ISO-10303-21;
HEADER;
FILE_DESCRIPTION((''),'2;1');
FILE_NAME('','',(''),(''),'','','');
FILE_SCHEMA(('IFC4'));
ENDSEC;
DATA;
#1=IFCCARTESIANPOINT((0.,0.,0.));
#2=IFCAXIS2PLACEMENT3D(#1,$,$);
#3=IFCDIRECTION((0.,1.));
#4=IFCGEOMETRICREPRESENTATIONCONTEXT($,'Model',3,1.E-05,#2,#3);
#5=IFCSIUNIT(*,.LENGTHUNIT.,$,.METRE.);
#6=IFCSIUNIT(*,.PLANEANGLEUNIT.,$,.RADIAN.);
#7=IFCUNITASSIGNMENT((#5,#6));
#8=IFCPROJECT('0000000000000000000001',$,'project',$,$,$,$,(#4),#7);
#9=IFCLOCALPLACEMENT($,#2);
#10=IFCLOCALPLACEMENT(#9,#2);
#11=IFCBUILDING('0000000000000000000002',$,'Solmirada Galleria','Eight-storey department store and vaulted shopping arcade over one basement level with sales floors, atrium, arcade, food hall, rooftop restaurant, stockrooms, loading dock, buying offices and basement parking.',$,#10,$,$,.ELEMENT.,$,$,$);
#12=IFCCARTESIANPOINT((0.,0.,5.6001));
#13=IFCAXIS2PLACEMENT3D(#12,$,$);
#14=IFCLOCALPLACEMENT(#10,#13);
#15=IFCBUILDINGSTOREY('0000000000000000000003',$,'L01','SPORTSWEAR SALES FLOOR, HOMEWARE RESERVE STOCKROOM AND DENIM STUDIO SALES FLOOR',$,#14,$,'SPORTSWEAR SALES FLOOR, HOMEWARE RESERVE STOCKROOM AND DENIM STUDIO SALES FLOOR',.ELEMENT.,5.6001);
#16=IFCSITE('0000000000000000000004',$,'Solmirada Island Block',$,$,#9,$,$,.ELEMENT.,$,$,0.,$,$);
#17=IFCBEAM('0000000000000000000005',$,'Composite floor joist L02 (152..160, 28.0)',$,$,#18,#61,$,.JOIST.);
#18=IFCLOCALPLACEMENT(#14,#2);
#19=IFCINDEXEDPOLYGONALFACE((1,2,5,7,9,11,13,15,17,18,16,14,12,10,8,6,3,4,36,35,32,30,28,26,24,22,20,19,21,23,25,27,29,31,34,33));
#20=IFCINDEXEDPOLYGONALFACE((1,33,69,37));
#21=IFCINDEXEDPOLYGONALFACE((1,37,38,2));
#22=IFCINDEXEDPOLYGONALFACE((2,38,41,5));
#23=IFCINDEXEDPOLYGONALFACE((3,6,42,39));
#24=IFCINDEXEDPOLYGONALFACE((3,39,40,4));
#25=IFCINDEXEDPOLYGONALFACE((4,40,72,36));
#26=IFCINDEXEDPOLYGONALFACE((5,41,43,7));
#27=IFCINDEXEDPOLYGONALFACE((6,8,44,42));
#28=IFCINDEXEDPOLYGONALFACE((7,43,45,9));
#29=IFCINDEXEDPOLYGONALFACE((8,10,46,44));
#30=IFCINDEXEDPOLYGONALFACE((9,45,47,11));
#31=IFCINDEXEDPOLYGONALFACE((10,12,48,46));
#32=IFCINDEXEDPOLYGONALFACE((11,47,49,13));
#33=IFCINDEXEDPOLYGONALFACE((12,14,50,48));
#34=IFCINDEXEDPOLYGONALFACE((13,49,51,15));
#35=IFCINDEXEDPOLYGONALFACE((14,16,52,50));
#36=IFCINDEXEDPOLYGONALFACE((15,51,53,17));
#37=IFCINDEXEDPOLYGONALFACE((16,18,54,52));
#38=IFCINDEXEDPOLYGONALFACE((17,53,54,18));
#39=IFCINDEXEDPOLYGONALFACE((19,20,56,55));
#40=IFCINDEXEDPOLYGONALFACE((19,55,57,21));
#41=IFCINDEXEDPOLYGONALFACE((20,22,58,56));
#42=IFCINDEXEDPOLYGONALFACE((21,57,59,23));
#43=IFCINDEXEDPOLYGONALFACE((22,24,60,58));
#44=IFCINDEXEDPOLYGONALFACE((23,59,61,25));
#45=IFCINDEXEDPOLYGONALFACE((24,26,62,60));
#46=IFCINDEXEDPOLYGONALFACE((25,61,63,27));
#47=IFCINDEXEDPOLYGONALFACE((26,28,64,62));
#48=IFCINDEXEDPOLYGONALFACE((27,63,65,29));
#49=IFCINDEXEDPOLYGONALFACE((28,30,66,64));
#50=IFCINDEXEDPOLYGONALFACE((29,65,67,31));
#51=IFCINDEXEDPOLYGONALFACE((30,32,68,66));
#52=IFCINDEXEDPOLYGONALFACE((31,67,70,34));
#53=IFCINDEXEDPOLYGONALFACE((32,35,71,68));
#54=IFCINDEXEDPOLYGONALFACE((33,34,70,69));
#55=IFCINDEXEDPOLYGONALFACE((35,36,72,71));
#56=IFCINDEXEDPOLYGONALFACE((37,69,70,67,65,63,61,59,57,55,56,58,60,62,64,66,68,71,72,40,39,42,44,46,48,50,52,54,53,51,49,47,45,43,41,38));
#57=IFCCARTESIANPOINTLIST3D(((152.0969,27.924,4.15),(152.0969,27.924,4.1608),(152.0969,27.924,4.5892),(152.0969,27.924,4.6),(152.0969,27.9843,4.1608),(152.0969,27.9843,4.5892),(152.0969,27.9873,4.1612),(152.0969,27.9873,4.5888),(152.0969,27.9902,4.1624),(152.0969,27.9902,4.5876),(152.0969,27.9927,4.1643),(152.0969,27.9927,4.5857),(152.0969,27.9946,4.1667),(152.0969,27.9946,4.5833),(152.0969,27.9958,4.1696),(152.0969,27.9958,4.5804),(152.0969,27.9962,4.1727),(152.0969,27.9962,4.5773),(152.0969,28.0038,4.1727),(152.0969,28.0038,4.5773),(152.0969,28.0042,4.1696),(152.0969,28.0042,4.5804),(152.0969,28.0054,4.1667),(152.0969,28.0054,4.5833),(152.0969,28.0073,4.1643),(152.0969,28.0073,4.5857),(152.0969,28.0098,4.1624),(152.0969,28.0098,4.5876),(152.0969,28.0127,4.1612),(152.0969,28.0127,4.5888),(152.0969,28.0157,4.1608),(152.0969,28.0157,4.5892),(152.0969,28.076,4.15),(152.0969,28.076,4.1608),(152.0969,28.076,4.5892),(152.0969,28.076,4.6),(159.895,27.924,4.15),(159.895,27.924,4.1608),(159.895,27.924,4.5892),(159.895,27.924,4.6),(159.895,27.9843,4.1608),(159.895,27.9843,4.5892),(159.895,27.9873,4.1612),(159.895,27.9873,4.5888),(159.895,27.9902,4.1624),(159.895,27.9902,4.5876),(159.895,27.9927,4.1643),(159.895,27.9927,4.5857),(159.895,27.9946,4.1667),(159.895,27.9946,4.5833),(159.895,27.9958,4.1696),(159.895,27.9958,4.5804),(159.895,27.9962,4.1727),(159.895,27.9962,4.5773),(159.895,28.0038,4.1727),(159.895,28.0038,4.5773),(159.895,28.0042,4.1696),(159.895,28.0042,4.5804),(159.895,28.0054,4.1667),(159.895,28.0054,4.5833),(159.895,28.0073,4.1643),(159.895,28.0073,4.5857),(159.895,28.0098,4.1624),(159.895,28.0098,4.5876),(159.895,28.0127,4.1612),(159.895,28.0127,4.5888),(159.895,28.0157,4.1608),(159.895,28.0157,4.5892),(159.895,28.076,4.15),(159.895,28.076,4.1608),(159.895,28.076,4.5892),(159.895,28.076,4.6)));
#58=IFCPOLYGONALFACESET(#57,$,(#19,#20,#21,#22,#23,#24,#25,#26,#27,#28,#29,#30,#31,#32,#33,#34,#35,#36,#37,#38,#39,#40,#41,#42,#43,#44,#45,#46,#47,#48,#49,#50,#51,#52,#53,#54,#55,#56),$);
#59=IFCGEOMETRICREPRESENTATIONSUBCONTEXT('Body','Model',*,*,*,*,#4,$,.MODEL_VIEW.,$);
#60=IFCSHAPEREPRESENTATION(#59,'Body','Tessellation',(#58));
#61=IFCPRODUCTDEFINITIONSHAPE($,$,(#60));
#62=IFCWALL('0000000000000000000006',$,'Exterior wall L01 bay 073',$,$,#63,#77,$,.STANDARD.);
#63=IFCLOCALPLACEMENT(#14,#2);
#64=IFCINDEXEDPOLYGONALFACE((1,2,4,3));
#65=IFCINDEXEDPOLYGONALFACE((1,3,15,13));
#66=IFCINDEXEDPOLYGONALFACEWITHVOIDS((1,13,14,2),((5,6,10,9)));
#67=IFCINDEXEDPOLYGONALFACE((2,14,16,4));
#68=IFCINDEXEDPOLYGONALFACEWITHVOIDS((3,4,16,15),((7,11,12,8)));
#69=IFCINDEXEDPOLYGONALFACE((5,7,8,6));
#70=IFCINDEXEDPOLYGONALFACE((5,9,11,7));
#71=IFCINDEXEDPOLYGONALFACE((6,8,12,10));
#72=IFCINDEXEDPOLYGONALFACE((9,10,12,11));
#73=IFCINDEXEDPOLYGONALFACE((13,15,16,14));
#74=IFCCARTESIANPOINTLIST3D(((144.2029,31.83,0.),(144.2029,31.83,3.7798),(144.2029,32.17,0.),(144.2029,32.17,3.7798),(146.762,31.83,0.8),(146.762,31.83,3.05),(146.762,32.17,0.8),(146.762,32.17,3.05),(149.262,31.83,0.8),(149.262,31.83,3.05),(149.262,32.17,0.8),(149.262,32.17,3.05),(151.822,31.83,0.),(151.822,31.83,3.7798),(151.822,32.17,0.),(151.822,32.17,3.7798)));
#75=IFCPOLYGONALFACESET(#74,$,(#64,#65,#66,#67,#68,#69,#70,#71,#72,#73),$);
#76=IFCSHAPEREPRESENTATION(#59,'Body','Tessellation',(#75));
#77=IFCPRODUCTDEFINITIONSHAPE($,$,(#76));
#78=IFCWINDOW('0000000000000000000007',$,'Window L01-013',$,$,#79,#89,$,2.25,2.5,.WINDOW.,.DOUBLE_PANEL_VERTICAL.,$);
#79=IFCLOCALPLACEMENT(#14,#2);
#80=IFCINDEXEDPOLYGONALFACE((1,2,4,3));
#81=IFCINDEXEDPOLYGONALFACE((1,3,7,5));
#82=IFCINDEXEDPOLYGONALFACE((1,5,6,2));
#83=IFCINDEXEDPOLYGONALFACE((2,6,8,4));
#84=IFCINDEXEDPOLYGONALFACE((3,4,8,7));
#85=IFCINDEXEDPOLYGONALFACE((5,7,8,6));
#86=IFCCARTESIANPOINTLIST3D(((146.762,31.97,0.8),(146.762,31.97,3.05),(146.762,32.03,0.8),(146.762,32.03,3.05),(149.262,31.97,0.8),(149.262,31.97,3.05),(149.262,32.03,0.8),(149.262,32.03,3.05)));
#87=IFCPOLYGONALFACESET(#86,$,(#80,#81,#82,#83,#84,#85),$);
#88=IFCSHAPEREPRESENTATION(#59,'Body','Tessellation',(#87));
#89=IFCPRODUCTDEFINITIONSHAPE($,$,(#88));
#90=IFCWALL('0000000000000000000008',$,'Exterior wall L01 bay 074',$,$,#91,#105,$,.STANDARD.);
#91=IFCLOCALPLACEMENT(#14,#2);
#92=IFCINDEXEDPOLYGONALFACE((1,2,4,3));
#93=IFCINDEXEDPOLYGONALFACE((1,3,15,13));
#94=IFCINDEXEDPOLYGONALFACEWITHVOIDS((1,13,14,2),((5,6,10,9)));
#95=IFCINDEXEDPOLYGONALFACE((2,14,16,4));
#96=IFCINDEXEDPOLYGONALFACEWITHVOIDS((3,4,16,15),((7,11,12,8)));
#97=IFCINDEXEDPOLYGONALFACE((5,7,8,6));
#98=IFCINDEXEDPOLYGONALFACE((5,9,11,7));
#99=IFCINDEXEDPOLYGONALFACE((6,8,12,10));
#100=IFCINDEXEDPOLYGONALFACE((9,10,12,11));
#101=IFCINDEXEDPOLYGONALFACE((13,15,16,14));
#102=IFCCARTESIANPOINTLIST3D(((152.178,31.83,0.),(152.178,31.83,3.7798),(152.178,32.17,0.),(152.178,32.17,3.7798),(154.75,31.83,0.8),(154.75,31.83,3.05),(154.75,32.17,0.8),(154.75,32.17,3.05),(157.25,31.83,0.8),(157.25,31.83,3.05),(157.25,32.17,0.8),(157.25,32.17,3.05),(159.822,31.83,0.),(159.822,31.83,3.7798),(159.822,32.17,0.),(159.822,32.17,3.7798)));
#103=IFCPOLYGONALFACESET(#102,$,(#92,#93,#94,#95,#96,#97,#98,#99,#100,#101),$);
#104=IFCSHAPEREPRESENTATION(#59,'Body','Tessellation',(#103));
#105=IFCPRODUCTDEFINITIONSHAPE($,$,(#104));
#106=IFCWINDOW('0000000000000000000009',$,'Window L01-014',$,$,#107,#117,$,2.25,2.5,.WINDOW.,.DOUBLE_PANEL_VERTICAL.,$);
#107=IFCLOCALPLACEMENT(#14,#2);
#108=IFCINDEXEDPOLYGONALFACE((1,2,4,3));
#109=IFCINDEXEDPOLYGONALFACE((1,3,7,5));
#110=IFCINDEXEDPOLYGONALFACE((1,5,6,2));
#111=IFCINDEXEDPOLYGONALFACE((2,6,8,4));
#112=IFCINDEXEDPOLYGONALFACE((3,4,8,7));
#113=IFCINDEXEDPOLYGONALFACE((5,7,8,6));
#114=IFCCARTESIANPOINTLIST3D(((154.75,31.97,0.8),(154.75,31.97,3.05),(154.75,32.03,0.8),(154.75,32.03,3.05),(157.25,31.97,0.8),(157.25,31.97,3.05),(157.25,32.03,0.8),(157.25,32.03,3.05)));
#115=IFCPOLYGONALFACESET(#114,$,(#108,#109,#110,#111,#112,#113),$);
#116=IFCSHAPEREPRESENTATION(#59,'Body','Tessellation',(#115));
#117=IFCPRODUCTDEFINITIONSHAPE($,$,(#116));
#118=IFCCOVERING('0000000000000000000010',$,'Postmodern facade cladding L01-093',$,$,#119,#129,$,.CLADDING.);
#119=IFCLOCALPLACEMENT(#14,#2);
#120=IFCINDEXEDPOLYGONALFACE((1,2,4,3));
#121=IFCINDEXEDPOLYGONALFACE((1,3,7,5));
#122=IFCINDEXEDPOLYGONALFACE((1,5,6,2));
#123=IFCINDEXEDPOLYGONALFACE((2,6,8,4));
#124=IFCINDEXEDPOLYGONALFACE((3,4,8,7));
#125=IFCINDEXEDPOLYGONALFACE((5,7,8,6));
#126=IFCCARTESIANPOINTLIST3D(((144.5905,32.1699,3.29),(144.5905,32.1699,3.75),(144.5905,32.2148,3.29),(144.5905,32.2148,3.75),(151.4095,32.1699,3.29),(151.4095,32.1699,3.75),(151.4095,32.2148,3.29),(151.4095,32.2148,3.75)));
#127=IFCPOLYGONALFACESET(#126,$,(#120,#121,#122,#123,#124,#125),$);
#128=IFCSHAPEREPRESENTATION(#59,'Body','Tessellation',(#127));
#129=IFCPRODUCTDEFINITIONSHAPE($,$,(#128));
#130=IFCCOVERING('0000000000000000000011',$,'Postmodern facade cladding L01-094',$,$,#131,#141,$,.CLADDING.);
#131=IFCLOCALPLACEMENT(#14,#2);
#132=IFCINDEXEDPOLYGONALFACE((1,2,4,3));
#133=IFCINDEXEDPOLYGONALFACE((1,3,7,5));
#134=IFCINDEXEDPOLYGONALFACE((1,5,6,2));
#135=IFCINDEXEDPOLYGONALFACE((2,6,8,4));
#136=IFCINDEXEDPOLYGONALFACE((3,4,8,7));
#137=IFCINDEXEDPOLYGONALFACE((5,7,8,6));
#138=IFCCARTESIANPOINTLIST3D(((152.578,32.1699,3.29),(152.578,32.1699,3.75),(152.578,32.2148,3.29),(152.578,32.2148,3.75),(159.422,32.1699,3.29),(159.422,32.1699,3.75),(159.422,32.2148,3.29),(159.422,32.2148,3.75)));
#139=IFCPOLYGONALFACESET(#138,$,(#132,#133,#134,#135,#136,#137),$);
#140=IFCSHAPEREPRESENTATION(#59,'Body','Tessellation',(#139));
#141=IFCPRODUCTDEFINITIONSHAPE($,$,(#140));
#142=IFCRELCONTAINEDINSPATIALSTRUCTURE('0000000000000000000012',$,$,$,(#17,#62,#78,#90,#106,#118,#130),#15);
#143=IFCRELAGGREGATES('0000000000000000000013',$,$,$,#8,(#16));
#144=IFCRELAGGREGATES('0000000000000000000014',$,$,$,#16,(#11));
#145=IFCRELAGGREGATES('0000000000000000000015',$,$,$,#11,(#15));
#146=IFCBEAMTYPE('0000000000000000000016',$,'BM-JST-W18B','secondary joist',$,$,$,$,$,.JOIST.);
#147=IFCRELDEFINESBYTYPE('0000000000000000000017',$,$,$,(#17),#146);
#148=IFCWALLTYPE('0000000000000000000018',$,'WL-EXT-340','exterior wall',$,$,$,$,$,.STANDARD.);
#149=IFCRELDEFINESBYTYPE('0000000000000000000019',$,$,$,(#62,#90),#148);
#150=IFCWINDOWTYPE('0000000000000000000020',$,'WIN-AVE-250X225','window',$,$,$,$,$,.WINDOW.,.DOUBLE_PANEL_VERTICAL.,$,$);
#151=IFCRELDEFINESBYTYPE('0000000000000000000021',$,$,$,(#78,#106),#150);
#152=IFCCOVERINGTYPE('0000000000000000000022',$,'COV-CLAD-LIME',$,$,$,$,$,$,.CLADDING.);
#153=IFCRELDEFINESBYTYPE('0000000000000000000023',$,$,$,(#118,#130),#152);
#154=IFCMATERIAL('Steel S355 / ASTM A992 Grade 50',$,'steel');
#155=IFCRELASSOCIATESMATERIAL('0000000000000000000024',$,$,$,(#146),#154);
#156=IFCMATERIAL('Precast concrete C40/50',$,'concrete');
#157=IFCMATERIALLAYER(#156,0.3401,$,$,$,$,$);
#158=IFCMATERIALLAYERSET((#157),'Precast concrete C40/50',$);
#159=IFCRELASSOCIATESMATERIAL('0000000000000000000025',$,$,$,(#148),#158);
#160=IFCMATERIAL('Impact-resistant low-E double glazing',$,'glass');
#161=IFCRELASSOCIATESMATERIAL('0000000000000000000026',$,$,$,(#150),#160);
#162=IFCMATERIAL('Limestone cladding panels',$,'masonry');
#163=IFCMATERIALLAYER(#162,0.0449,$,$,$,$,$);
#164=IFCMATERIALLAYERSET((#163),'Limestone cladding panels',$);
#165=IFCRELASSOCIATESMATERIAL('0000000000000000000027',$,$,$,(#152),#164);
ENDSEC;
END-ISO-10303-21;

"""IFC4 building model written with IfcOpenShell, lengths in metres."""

from ifc_helpers import new_model, si_unit, direction, frame, frame_2d, origin, origin_2d, place, context, subcontext, project, spatial, rectangle, i_section, extrude, material, layer, layer_set, material_profile, profile_set, type_object, element, fill, save


model = new_model("IFC4")

# Units and contexts
model_context = context("Model", 3, precision=1e-05, world=origin(), true_north=direction((0.0, 1.0)))
body_context = subcontext(model_context, "Body", "Model", "MODEL_VIEW")
ifc_project = project(units=[si_unit("LENGTHUNIT", "METRE"), si_unit("PLANEANGLEUNIT", "RADIAN")], contexts=[model_context])

# Site, building, storey
site_placement = place(None, origin())
site = spatial("IfcSite", under=ifc_project, at=site_placement, Name="Solmirada Island Block", CompositionType="ELEMENT", RefElevation=0.0)
building_placement = place(site_placement, origin())
building = spatial("IfcBuilding", under=site, at=building_placement, Name="Solmirada Galleria", Description="Eight-storey department store and vaulted shopping arcade over one basement level with sales floors, atrium, arcade, food hall, rooftop restaurant, stockrooms, loading dock, buying offices and basement parking.", CompositionType="ELEMENT")
storey_placement = place(building_placement, frame((0.0, 0.0, 5.6001)))
storey = spatial("IfcBuildingStorey", under=building, at=storey_placement, Name="L01", Description="SPORTSWEAR SALES FLOOR, HOMEWARE RESERVE STOCKROOM AND DENIM STUDIO SALES FLOOR", LongName="SPORTSWEAR SALES FLOOR, HOMEWARE RESERVE STOCKROOM AND DENIM STUDIO SALES FLOOR", CompositionType="ELEMENT", Elevation=5.6001)

# Beam
ifc_material_1 = material(Name="Steel S355 / ASTM A992 Grade 50", Category="steel")
ifc_material_profile_1 = material_profile(ifc_material_1, i_section(OverallWidth=0.1521, OverallDepth=0.45, WebThickness=0.0076, FlangeThickness=0.0107, FilletRadius=0.012, at=origin_2d()), Name="W18X35")
ifc_profile_set_1 = profile_set([ifc_material_profile_1], Name="Steel S355 / ASTM A992 Grade 50")
beam_type_1 = type_object("IfcBeamType", Name="BM-JST-W18B", Description="secondary joist", PredefinedType="JOIST", material=ifc_profile_set_1)
for number, where, z_axis, x_axis, name in (
    (1, (152.0969, 28.0, 4.375), (1.0, 0.0, 0.0), (0.0, 1.0, 0.0), "Composite floor joist L02 (152..160, 28.0)"),
):
    element("IfcBeam", number, at=place(storey_placement, frame(where, z_axis=z_axis, x_axis=x_axis)), inside=storey, type_object=beam_type_1, Name=name, PredefinedType="JOIST", context=body_context, shape_type="SweptSolid", body=[
        extrude(i_section(OverallWidth=0.1521, OverallDepth=0.45, WebThickness=0.0076, FlangeThickness=0.0107, FilletRadius=0.012, at=origin_2d()), origin(), (0.0, 0.0, 1.0), 7.7981),
    ])

# Walls, openings, windows
ifc_material_2 = material(Name="Precast concrete C40/50", Category="concrete")
ifc_layer_1 = layer(ifc_material_2, 0.3401)
ifc_layer_set_1 = layer_set([ifc_layer_1], Name="Precast concrete C40/50")
wall_type = type_object("IfcWallType", Name="WL-EXT-340", Description="exterior wall", PredefinedType="STANDARD", material=ifc_layer_set_1)
wall_1_placement = place(storey_placement, frame((144.2029, 32.0, 0.0), z_axis=(0.0, 0.0, 1.0), x_axis=(1.0, 0.0, 0.0)))
wall_1 = element("IfcWall", 2, at=wall_1_placement, inside=storey, type_object=wall_type, Name="Exterior wall L01 bay 073", PredefinedType="STANDARD", context=body_context, shape_type="SweptSolid", body=[
    extrude(rectangle(XDim=7.6191, YDim=0.3401, at=frame_2d((3.8096, 0.0))), origin(), (0.0, 0.0, 1.0), 3.7798),
])
opening_1_placement = place(wall_1_placement, frame((2.5591, 0.0, 0.8)))
opening_1 = element("IfcOpeningElement", 3, at=opening_1_placement, cuts=wall_1, PredefinedType="OPENING", context=body_context, shape_type="SweptSolid", body=[
    extrude(rectangle(XDim=2.5, YDim=2.25, at=frame_2d((1.25, 1.125))), frame((0.0, 0.1799, 0.0), z_axis=(0.0, -1.0, 0.0), x_axis=(1.0, 0.0, 0.0)), (0.0, 0.0, 1.0), 0.3601),
])
ifc_material_3 = material(Name="Impact-resistant low-E double glazing", Category="glass")
window_type = type_object("IfcWindowType", Name="WIN-AVE-250X225", Description="window", PartitioningType="DOUBLE_PANEL_VERTICAL", PredefinedType="WINDOW", material=ifc_material_3)
window_1_placement = place(opening_1_placement, origin())
window_1 = element("IfcWindow", 4, at=window_1_placement, inside=storey, type_object=window_type, Name="Window L01-013", OverallHeight=2.25, OverallWidth=2.5, PartitioningType="DOUBLE_PANEL_VERTICAL", PredefinedType="WINDOW", context=body_context, shape_type="SweptSolid", body=[
    extrude(rectangle(XDim=2.5, YDim=2.25, at=frame_2d((1.25, 1.125))), frame((0.0, 0.03, 0.0), z_axis=(0.0, -1.0, 0.0), x_axis=(1.0, 0.0, 0.0)), (0.0, 0.0, 1.0), 0.0601),
])
fill(opening_1, window_1)
wall_2_placement = place(storey_placement, frame((152.178, 32.0, 0.0), z_axis=(0.0, 0.0, 1.0), x_axis=(1.0, 0.0, 0.0)))
wall_2 = element("IfcWall", 5, at=wall_2_placement, inside=storey, type_object=wall_type, Name="Exterior wall L01 bay 074", PredefinedType="STANDARD", context=body_context, shape_type="SweptSolid", body=[
    extrude(rectangle(XDim=7.644, YDim=0.3401, at=frame_2d((3.822, 0.0))), origin(), (0.0, 0.0, 1.0), 3.7798),
])
opening_2_placement = place(wall_2_placement, frame((2.572, 0.0, 0.8)))
opening_2 = element("IfcOpeningElement", 6, at=opening_2_placement, cuts=wall_2, PredefinedType="OPENING", context=body_context, shape_type="SweptSolid", body=[
    extrude(rectangle(XDim=2.5, YDim=2.25, at=frame_2d((1.25, 1.125))), frame((0.0, 0.1799, 0.0), z_axis=(0.0, -1.0, 0.0), x_axis=(1.0, 0.0, 0.0)), (0.0, 0.0, 1.0), 0.3601),
])
window_2_placement = place(opening_2_placement, origin())
window_2 = element("IfcWindow", 7, at=window_2_placement, inside=storey, type_object=window_type, Name="Window L01-014", OverallHeight=2.25, OverallWidth=2.5, PartitioningType="DOUBLE_PANEL_VERTICAL", PredefinedType="WINDOW", context=body_context, shape_type="SweptSolid", body=[
    extrude(rectangle(XDim=2.5, YDim=2.25, at=frame_2d((1.25, 1.125))), frame((0.0, 0.03, 0.0), z_axis=(0.0, -1.0, 0.0), x_axis=(1.0, 0.0, 0.0)), (0.0, 0.0, 1.0), 0.0601),
])
fill(opening_2, window_2)

# Coverings
ifc_material_4 = material(Name="Limestone cladding panels", Category="masonry")
ifc_layer_2 = layer(ifc_material_4, 0.0449)
ifc_layer_set_2 = layer_set([ifc_layer_2], Name="Limestone cladding panels")
covering_type = type_object("IfcCoveringType", Name="COV-CLAD-LIME", PredefinedType="CLADDING", material=ifc_layer_set_2)
covering_1_placement = place(storey_placement, frame((148.0, 32.1924, 3.29), z_axis=(0.0, 0.0, 1.0), x_axis=(1.0, 0.0, 0.0)))
element("IfcCovering", 8, at=covering_1_placement, inside=storey, type_object=covering_type, Name="Postmodern facade cladding L01-093", PredefinedType="CLADDING", context=body_context, shape_type="SweptSolid", body=[
    extrude(rectangle(XDim=6.8191, YDim=0.0449, at=origin_2d()), origin(), (0.0, 0.0, 1.0), 0.46),
])
covering_2_placement = place(storey_placement, frame((156.0, 32.1924, 3.29), z_axis=(0.0, 0.0, 1.0), x_axis=(1.0, 0.0, 0.0)))
element("IfcCovering", 9, at=covering_2_placement, inside=storey, type_object=covering_type, Name="Postmodern facade cladding L01-094", PredefinedType="CLADDING", context=body_context, shape_type="SweptSolid", body=[
    extrude(rectangle(XDim=6.844, YDim=0.0449, at=origin_2d()), origin(), (0.0, 0.0, 1.0), 0.46),
])

save(model, "model.ifc")
